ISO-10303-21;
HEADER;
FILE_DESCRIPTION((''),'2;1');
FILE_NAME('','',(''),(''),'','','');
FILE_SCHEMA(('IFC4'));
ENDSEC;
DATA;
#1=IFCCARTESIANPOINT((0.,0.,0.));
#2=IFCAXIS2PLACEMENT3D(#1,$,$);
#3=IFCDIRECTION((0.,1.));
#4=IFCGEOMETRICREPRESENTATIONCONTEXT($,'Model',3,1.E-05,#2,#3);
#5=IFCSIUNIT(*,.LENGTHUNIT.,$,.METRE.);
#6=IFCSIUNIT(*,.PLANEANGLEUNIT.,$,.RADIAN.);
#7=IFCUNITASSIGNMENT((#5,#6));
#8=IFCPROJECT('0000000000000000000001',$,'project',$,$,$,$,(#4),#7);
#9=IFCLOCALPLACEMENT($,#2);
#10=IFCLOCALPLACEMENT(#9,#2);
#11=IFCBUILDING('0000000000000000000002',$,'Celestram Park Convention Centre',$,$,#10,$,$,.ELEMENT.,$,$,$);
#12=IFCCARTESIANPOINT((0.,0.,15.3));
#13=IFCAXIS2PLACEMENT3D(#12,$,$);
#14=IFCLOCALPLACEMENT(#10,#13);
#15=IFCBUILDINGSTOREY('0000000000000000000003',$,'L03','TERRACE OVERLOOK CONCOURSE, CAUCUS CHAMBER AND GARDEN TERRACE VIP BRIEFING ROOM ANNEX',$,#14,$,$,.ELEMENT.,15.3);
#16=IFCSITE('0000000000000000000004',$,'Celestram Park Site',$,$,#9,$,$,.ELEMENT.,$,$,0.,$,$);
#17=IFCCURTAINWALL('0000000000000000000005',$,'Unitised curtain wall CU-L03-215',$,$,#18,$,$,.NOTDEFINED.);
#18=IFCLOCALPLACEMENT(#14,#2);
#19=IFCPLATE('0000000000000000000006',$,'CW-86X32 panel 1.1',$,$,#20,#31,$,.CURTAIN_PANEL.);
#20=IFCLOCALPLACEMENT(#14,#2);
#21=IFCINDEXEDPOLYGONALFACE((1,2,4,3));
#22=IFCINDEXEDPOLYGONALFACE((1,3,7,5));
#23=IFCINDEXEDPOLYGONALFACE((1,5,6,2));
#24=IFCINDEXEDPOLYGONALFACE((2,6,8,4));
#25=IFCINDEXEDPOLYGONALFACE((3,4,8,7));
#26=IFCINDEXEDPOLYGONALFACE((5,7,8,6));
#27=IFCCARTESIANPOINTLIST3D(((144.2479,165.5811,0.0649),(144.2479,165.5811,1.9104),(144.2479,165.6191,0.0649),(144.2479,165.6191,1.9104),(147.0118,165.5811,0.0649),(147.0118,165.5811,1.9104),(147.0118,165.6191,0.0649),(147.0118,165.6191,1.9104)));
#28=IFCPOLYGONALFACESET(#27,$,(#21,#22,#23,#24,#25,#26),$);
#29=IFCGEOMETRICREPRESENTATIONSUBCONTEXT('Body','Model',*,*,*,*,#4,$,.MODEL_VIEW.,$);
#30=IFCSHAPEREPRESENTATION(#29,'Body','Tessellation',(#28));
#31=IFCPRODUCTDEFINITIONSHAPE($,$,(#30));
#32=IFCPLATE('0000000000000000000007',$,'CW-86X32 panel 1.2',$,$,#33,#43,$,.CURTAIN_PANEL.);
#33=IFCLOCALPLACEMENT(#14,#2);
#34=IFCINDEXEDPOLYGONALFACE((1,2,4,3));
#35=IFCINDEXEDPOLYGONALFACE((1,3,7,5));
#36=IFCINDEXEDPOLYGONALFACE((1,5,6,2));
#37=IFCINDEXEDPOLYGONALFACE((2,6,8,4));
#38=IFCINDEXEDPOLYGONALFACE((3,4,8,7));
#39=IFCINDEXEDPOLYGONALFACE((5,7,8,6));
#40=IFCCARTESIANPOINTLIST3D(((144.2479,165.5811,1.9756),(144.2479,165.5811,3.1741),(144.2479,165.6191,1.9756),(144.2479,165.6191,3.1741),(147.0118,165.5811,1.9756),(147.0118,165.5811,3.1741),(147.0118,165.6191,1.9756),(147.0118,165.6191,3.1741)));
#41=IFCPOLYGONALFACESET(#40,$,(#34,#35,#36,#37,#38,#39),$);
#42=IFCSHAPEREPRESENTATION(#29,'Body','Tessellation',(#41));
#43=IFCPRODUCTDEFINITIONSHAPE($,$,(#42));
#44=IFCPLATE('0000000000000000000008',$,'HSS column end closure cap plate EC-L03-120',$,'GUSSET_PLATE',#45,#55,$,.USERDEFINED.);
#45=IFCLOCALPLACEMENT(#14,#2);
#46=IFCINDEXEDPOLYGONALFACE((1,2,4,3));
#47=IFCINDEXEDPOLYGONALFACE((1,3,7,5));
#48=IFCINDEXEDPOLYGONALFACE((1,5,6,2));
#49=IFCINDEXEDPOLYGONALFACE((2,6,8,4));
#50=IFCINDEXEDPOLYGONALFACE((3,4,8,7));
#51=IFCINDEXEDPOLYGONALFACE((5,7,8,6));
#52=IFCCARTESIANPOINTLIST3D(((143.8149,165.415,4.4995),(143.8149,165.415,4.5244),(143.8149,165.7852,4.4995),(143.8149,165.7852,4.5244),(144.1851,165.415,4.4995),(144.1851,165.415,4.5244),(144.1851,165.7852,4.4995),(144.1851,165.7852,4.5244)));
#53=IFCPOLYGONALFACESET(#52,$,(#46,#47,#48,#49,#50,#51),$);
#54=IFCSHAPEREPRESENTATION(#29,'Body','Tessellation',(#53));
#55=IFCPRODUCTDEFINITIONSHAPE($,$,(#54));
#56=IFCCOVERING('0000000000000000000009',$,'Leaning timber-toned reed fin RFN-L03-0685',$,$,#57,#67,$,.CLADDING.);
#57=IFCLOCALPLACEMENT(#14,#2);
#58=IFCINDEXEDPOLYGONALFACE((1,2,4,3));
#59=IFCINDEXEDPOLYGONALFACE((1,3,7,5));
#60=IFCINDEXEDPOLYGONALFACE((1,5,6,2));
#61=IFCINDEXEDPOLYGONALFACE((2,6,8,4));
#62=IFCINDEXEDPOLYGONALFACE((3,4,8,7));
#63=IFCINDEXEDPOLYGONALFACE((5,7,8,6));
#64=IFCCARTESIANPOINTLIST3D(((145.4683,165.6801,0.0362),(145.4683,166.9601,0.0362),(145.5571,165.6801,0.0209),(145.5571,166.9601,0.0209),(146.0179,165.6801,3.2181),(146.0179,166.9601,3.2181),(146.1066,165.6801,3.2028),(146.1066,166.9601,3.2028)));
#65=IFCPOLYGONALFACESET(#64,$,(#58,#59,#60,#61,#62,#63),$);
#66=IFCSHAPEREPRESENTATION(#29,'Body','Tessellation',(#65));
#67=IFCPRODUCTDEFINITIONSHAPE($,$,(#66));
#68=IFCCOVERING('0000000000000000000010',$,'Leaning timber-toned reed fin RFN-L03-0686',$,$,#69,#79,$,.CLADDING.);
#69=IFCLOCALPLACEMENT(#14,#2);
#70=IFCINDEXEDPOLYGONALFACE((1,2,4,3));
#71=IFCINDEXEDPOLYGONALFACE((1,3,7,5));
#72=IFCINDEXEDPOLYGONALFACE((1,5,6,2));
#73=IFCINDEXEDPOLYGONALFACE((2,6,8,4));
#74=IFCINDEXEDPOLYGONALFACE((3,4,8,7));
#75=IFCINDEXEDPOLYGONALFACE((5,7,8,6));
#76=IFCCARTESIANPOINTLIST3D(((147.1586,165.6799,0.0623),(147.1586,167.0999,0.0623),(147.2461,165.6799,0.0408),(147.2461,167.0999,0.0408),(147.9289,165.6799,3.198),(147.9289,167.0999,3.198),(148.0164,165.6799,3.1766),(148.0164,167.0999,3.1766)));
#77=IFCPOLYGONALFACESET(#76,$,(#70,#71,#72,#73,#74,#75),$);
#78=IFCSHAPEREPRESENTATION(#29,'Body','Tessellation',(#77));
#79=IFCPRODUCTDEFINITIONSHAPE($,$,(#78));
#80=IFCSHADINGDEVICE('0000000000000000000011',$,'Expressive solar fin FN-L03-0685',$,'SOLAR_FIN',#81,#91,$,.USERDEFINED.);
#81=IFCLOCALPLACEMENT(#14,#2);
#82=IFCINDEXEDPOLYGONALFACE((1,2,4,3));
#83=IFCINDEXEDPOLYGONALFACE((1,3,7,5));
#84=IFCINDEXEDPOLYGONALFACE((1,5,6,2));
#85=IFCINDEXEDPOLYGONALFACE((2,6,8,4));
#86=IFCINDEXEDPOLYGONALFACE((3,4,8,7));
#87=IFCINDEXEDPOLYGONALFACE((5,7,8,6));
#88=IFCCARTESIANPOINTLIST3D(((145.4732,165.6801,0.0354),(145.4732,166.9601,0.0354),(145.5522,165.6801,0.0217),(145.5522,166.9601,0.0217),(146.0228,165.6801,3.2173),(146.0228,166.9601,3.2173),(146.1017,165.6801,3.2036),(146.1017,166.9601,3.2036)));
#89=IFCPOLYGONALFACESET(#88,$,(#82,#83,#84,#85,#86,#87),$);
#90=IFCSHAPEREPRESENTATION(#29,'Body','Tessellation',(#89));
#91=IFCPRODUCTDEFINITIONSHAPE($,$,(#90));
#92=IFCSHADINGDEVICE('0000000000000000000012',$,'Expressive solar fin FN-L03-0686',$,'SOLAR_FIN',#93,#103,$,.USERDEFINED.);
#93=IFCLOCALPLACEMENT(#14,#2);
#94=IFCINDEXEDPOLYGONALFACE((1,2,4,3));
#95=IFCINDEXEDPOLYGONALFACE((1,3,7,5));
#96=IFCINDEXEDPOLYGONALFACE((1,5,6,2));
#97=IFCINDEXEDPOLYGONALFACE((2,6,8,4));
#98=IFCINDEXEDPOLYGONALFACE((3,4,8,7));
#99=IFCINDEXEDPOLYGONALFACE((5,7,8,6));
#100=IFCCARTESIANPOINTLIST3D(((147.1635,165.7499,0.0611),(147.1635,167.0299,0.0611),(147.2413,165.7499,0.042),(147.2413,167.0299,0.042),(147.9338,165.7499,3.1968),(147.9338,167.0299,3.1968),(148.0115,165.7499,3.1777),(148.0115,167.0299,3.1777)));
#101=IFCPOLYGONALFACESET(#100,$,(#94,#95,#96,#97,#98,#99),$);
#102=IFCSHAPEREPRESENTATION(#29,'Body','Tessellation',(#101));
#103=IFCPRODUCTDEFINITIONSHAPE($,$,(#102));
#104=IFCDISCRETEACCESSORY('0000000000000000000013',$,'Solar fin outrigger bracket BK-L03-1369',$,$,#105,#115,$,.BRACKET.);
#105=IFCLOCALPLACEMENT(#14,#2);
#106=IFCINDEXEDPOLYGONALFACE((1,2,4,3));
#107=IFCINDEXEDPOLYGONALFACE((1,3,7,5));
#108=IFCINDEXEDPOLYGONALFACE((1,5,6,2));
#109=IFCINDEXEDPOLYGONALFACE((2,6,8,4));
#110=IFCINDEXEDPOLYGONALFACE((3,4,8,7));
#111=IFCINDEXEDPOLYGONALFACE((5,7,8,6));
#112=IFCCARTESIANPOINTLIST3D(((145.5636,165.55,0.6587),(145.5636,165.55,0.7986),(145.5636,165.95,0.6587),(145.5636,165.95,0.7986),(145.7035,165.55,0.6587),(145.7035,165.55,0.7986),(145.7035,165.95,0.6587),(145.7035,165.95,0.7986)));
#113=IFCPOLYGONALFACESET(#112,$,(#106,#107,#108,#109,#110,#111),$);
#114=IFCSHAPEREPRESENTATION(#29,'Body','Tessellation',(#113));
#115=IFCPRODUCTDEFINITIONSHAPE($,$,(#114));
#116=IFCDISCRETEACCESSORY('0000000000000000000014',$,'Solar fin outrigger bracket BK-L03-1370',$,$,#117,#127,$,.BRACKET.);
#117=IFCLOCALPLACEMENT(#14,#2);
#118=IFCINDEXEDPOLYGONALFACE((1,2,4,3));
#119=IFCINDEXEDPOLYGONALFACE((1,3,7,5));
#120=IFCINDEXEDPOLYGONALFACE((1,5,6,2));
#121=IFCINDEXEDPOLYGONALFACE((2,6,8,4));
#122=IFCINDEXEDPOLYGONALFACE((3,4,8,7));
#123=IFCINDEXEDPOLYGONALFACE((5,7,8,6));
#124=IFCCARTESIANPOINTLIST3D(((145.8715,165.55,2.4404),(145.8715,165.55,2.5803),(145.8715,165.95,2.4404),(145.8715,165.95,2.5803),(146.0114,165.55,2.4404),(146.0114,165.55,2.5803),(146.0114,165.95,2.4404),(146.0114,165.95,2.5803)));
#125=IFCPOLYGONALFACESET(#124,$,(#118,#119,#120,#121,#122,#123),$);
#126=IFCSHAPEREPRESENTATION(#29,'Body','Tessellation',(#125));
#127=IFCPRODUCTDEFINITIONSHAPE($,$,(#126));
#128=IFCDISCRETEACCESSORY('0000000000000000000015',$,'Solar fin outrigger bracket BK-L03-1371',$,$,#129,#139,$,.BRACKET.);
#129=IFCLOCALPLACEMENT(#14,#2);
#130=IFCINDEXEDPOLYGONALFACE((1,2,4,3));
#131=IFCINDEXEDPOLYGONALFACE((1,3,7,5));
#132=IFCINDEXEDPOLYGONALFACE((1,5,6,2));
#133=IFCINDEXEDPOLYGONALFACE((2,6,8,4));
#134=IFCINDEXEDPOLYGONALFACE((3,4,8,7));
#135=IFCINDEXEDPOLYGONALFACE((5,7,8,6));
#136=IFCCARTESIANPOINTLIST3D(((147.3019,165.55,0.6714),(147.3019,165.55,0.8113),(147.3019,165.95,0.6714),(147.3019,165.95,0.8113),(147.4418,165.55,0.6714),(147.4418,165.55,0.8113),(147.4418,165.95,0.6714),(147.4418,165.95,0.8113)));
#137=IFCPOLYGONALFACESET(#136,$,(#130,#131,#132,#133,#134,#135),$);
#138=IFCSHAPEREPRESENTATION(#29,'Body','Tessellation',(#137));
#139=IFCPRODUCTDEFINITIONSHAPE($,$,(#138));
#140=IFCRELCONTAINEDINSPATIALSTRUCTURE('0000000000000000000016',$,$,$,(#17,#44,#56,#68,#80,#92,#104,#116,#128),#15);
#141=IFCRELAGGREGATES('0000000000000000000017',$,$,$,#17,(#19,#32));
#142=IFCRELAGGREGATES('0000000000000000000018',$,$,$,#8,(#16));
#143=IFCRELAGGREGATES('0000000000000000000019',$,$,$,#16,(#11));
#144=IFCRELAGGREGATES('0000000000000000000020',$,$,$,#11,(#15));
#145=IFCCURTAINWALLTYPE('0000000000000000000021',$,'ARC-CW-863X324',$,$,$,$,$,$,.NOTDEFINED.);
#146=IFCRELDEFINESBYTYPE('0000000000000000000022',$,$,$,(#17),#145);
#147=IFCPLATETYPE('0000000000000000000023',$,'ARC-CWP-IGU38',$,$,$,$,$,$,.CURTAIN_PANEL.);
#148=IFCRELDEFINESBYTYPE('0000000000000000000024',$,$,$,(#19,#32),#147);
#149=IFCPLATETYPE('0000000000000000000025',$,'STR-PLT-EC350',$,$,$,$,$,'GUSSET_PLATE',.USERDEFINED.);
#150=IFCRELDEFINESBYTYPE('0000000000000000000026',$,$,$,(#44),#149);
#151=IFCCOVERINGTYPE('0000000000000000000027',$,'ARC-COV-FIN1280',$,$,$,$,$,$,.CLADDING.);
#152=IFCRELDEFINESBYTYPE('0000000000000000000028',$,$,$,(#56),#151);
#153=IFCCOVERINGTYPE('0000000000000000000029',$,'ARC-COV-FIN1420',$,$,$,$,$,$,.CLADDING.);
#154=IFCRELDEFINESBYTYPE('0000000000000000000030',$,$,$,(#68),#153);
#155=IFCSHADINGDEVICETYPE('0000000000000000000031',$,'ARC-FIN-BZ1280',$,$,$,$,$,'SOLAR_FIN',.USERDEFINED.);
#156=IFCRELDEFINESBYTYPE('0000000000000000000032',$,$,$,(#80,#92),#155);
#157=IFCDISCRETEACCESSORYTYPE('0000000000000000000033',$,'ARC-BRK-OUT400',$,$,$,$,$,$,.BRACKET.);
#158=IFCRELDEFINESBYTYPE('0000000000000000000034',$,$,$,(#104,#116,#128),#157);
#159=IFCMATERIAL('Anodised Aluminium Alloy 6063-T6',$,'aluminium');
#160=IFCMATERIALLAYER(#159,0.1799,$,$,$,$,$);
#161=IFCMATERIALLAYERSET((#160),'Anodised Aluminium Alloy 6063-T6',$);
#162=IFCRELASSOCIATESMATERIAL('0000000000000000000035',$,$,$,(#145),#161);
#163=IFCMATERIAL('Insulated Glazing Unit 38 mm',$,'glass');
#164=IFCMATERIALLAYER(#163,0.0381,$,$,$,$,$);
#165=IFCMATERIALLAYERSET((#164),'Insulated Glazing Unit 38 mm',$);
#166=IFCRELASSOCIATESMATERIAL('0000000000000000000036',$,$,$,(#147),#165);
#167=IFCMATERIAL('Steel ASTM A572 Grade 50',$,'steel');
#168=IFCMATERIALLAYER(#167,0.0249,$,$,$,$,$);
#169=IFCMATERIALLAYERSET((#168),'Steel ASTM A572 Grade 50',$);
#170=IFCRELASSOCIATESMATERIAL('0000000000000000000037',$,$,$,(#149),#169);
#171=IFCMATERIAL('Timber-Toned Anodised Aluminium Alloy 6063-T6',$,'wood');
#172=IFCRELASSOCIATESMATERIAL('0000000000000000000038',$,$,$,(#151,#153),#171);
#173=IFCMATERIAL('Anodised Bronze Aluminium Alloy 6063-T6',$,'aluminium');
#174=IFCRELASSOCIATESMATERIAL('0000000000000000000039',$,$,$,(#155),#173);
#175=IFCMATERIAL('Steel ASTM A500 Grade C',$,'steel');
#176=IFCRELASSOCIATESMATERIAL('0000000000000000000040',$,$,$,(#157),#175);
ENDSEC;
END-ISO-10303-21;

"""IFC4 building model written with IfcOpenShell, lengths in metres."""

from ifc_helpers import new_model, si_unit, direction, frame, origin, origin_2d, place, context, subcontext, project, spatial, rectangle, extrude, material, layer, layer_set, material_profile, profile_set, type_object, element, aggregate, save


model = new_model("IFC4")

# Units and contexts
model_context = context("Model", 3, precision=1e-05, world=origin(), true_north=direction((0.0, 1.0)))
body_context = subcontext(model_context, "Body", "Model", "MODEL_VIEW")
ifc_project = project(units=[si_unit("LENGTHUNIT", "METRE"), si_unit("PLANEANGLEUNIT", "RADIAN")], contexts=[model_context])

# Site, building, storey
site_placement = place(None, origin())
site = spatial("IfcSite", under=ifc_project, at=site_placement, Name="Celestram Park Site", CompositionType="ELEMENT", RefElevation=0.0)
building_placement = place(site_placement, origin())
building = spatial("IfcBuilding", under=site, at=building_placement, Name="Celestram Park Convention Centre", CompositionType="ELEMENT")
storey_placement = place(building_placement, frame((0.0, 0.0, 15.3)))
storey = spatial("IfcBuildingStorey", under=building, at=storey_placement, Name="L03", Description="TERRACE OVERLOOK CONCOURSE, CAUCUS CHAMBER AND GARDEN TERRACE VIP BRIEFING ROOM ANNEX", CompositionType="ELEMENT", Elevation=15.3)

# Shared definitions
ifc_material_1 = material(Name="Steel ASTM A500 Grade C", Category="steel")

# Curtain wall
ifc_material_2 = material(Name="Anodised Aluminium Alloy 6063-T6", Category="aluminium")
ifc_layer_1 = layer(ifc_material_2, 0.1799)
ifc_layer_set_1 = layer_set([ifc_layer_1], Name="Anodised Aluminium Alloy 6063-T6")
curtain_wall_type = type_object("IfcCurtainWallType", Name="ARC-CW-863X324", PredefinedType="NOTDEFINED", material=ifc_layer_set_1)
curtain_wall_placement = place(storey_placement, origin())
curtain_wall = element("IfcCurtainWall", 1, at=curtain_wall_placement, inside=storey, type_object=curtain_wall_type, Name="Unitised curtain wall CU-L03-215", PredefinedType="NOTDEFINED")

# Plates
ifc_material_3 = material(Name="Insulated Glazing Unit 38 mm", Category="glass")
ifc_layer_2 = layer(ifc_material_3, 0.0381)
ifc_layer_set_2 = layer_set([ifc_layer_2], Name="Insulated Glazing Unit 38 mm")
plate_type_1 = type_object("IfcPlateType", Name="ARC-CWP-IGU38", PredefinedType="CURTAIN_PANEL", material=ifc_layer_set_2)
plate_1_placement = place(storey_placement, frame((145.6299, 165.6001, 0.0649), z_axis=(0.0, 0.0, 1.0), x_axis=(1.0, 0.0, 0.0)))
plate_1 = element("IfcPlate", 2, at=plate_1_placement, type_object=plate_type_1, Name="CW-86X32 panel 1.1", PredefinedType="CURTAIN_PANEL", context=body_context, shape_type="SweptSolid", body=[
    extrude(rectangle(XDim=2.7639, YDim=0.0381, at=origin_2d()), origin(), (0.0, 0.0, 1.0), 1.8455),
])
plate_2_placement = place(storey_placement, frame((145.6299, 165.6001, 1.9756), z_axis=(0.0, 0.0, 1.0), x_axis=(1.0, 0.0, 0.0)))
plate_2 = element("IfcPlate", 3, at=plate_2_placement, type_object=plate_type_1, Name="CW-86X32 panel 1.2", PredefinedType="CURTAIN_PANEL", context=body_context, shape_type="SweptSolid", body=[
    extrude(rectangle(XDim=2.7639, YDim=0.0381, at=origin_2d()), origin(), (0.0, 0.0, 1.0), 1.1985),
])
aggregate(curtain_wall, [plate_1, plate_2])
ifc_material_4 = material(Name="Steel ASTM A572 Grade 50", Category="steel")
ifc_layer_3 = layer(ifc_material_4, 0.0249)
ifc_layer_set_3 = layer_set([ifc_layer_3], Name="Steel ASTM A572 Grade 50")
plate_type_2 = type_object("IfcPlateType", Name="STR-PLT-EC350", ElementType="GUSSET_PLATE", PredefinedType="USERDEFINED", material=ifc_layer_set_3)
plate_3_placement = place(storey_placement, frame((144.0, 165.6001, 4.4995), z_axis=(0.0, 0.0, 1.0), x_axis=(1.0, 0.0, 0.0)))
element("IfcPlate", 4, at=plate_3_placement, inside=storey, type_object=plate_type_2, Name="HSS column end closure cap plate EC-L03-120", ObjectType="GUSSET_PLATE", PredefinedType="USERDEFINED", context=body_context, shape_type="SweptSolid", body=[
    extrude(rectangle(XDim=0.3701, YDim=0.3701, at=origin_2d()), origin(), (0.0, 0.0, 1.0), 0.0249),
])

# Coverings
ifc_material_5 = material(Name="Timber-Toned Anodised Aluminium Alloy 6063-T6", Category="wood")
ifc_material_profile_1 = material_profile(ifc_material_5, rectangle(XDim=1.28, YDim=0.0901, at=origin_2d()), Name="REED1280X90")
ifc_profile_set_1 = profile_set([ifc_material_profile_1], Name="Timber-Toned Anodised Aluminium Alloy 6063-T6")
covering_type_1 = type_object("IfcCoveringType", Name="ARC-COV-FIN1280", PredefinedType="CLADDING", material=ifc_profile_set_1)
covering_1_placement = place(storey_placement, frame((145.5127, 166.3201, 0.0286), z_axis=(0.170196, 0.0, 0.98541), x_axis=(0.0, 1.0, 0.0)))
element("IfcCovering", 5, at=covering_1_placement, inside=storey, type_object=covering_type_1, Name="Leaning timber-toned reed fin RFN-L03-0685", PredefinedType="CLADDING", context=body_context, shape_type="SweptSolid", body=[
    extrude(rectangle(XDim=1.28, YDim=0.0901, at=origin_2d()), origin(), (0.0, 0.0, 1.0), 3.229),
])
ifc_material_profile_2 = material_profile(ifc_material_5, rectangle(XDim=1.4199, YDim=0.0901, at=origin_2d()), Name="REED1420X90")
ifc_profile_set_2 = profile_set([ifc_material_profile_2], Name="Timber-Toned Anodised Aluminium Alloy 6063-T6")
covering_type_2 = type_object("IfcCoveringType", Name="ARC-COV-FIN1420", PredefinedType="CLADDING", material=ifc_profile_set_2)
covering_2_placement = place(storey_placement, frame((147.2024, 166.3899, 0.0515), z_axis=(0.238549, 0.0, 0.971131), x_axis=(0.0, 1.0, 0.0)))
element("IfcCovering", 6, at=covering_2_placement, inside=storey, type_object=covering_type_2, Name="Leaning timber-toned reed fin RFN-L03-0686", PredefinedType="CLADDING", context=body_context, shape_type="SweptSolid", body=[
    extrude(rectangle(XDim=1.4199, YDim=0.0901, at=origin_2d()), origin(), (0.0, 0.0, 1.0), 3.229),
])

# Shading devices
ifc_material_6 = material(Name="Anodised Bronze Aluminium Alloy 6063-T6", Category="aluminium")
ifc_material_profile_3 = material_profile(ifc_material_6, rectangle(XDim=1.28, YDim=0.0801, at=origin_2d()), Name="FIN1280X80")
ifc_profile_set_3 = profile_set([ifc_material_profile_3], Name="Anodised Bronze Aluminium Alloy 6063-T6")
shading_device_type = type_object("IfcShadingDeviceType", Name="ARC-FIN-BZ1280", ElementType="SOLAR_FIN", PredefinedType="USERDEFINED", material=ifc_profile_set_3)
for number, where, z_axis, x_axis, name in (
    (7, (145.5127, 166.3201, 0.0286), (0.170196, 0.0, 0.98541), (0.0, 1.0, 0.0), "Expressive solar fin FN-L03-0685"),
    (8, (147.2024, 166.3899, 0.0515), (0.238549, 0.0, 0.971131), (0.0, 1.0, 0.0), "Expressive solar fin FN-L03-0686"),
):
    element("IfcShadingDevice", number, at=place(storey_placement, frame(where, z_axis=z_axis, x_axis=x_axis)), inside=storey, type_object=shading_device_type, Name=name, ObjectType="SOLAR_FIN", PredefinedType="USERDEFINED", context=body_context, shape_type="SweptSolid", body=[
        extrude(rectangle(XDim=1.28, YDim=0.0801, at=origin_2d()), origin(), (0.0, 0.0, 1.0), 3.229),
    ])

# Discrete accessories
discrete_accessory_type = type_object("IfcDiscreteAccessoryType", Name="ARC-BRK-OUT400", PredefinedType="BRACKET", material=ifc_material_1)
for number, where, z_axis, x_axis, name in (
    (9, (145.6335, 165.75, 0.6587), (0.0, 0.0, 1.0), (0.0, 1.0, 0.0), "Solar fin outrigger bracket BK-L03-1369"),
    (10, (145.9414, 165.75, 2.4404), (0.0, 0.0, 1.0), (0.0, 1.0, 0.0), "Solar fin outrigger bracket BK-L03-1370"),
    (11, (147.3718, 165.75, 0.6714), (0.0, 0.0, 1.0), (0.0, 1.0, 0.0), "Solar fin outrigger bracket BK-L03-1371"),
):
    element("IfcDiscreteAccessory", number, at=place(storey_placement, frame(where, z_axis=z_axis, x_axis=x_axis)), inside=storey, type_object=discrete_accessory_type, Name=name, PredefinedType="BRACKET", context=body_context, shape_type="SweptSolid", body=[
        extrude(rectangle(XDim=0.3999, YDim=0.1399, at=origin_2d()), origin(), (0.0, 0.0, 1.0), 0.1399),
    ])

save(model, "model.ifc")
